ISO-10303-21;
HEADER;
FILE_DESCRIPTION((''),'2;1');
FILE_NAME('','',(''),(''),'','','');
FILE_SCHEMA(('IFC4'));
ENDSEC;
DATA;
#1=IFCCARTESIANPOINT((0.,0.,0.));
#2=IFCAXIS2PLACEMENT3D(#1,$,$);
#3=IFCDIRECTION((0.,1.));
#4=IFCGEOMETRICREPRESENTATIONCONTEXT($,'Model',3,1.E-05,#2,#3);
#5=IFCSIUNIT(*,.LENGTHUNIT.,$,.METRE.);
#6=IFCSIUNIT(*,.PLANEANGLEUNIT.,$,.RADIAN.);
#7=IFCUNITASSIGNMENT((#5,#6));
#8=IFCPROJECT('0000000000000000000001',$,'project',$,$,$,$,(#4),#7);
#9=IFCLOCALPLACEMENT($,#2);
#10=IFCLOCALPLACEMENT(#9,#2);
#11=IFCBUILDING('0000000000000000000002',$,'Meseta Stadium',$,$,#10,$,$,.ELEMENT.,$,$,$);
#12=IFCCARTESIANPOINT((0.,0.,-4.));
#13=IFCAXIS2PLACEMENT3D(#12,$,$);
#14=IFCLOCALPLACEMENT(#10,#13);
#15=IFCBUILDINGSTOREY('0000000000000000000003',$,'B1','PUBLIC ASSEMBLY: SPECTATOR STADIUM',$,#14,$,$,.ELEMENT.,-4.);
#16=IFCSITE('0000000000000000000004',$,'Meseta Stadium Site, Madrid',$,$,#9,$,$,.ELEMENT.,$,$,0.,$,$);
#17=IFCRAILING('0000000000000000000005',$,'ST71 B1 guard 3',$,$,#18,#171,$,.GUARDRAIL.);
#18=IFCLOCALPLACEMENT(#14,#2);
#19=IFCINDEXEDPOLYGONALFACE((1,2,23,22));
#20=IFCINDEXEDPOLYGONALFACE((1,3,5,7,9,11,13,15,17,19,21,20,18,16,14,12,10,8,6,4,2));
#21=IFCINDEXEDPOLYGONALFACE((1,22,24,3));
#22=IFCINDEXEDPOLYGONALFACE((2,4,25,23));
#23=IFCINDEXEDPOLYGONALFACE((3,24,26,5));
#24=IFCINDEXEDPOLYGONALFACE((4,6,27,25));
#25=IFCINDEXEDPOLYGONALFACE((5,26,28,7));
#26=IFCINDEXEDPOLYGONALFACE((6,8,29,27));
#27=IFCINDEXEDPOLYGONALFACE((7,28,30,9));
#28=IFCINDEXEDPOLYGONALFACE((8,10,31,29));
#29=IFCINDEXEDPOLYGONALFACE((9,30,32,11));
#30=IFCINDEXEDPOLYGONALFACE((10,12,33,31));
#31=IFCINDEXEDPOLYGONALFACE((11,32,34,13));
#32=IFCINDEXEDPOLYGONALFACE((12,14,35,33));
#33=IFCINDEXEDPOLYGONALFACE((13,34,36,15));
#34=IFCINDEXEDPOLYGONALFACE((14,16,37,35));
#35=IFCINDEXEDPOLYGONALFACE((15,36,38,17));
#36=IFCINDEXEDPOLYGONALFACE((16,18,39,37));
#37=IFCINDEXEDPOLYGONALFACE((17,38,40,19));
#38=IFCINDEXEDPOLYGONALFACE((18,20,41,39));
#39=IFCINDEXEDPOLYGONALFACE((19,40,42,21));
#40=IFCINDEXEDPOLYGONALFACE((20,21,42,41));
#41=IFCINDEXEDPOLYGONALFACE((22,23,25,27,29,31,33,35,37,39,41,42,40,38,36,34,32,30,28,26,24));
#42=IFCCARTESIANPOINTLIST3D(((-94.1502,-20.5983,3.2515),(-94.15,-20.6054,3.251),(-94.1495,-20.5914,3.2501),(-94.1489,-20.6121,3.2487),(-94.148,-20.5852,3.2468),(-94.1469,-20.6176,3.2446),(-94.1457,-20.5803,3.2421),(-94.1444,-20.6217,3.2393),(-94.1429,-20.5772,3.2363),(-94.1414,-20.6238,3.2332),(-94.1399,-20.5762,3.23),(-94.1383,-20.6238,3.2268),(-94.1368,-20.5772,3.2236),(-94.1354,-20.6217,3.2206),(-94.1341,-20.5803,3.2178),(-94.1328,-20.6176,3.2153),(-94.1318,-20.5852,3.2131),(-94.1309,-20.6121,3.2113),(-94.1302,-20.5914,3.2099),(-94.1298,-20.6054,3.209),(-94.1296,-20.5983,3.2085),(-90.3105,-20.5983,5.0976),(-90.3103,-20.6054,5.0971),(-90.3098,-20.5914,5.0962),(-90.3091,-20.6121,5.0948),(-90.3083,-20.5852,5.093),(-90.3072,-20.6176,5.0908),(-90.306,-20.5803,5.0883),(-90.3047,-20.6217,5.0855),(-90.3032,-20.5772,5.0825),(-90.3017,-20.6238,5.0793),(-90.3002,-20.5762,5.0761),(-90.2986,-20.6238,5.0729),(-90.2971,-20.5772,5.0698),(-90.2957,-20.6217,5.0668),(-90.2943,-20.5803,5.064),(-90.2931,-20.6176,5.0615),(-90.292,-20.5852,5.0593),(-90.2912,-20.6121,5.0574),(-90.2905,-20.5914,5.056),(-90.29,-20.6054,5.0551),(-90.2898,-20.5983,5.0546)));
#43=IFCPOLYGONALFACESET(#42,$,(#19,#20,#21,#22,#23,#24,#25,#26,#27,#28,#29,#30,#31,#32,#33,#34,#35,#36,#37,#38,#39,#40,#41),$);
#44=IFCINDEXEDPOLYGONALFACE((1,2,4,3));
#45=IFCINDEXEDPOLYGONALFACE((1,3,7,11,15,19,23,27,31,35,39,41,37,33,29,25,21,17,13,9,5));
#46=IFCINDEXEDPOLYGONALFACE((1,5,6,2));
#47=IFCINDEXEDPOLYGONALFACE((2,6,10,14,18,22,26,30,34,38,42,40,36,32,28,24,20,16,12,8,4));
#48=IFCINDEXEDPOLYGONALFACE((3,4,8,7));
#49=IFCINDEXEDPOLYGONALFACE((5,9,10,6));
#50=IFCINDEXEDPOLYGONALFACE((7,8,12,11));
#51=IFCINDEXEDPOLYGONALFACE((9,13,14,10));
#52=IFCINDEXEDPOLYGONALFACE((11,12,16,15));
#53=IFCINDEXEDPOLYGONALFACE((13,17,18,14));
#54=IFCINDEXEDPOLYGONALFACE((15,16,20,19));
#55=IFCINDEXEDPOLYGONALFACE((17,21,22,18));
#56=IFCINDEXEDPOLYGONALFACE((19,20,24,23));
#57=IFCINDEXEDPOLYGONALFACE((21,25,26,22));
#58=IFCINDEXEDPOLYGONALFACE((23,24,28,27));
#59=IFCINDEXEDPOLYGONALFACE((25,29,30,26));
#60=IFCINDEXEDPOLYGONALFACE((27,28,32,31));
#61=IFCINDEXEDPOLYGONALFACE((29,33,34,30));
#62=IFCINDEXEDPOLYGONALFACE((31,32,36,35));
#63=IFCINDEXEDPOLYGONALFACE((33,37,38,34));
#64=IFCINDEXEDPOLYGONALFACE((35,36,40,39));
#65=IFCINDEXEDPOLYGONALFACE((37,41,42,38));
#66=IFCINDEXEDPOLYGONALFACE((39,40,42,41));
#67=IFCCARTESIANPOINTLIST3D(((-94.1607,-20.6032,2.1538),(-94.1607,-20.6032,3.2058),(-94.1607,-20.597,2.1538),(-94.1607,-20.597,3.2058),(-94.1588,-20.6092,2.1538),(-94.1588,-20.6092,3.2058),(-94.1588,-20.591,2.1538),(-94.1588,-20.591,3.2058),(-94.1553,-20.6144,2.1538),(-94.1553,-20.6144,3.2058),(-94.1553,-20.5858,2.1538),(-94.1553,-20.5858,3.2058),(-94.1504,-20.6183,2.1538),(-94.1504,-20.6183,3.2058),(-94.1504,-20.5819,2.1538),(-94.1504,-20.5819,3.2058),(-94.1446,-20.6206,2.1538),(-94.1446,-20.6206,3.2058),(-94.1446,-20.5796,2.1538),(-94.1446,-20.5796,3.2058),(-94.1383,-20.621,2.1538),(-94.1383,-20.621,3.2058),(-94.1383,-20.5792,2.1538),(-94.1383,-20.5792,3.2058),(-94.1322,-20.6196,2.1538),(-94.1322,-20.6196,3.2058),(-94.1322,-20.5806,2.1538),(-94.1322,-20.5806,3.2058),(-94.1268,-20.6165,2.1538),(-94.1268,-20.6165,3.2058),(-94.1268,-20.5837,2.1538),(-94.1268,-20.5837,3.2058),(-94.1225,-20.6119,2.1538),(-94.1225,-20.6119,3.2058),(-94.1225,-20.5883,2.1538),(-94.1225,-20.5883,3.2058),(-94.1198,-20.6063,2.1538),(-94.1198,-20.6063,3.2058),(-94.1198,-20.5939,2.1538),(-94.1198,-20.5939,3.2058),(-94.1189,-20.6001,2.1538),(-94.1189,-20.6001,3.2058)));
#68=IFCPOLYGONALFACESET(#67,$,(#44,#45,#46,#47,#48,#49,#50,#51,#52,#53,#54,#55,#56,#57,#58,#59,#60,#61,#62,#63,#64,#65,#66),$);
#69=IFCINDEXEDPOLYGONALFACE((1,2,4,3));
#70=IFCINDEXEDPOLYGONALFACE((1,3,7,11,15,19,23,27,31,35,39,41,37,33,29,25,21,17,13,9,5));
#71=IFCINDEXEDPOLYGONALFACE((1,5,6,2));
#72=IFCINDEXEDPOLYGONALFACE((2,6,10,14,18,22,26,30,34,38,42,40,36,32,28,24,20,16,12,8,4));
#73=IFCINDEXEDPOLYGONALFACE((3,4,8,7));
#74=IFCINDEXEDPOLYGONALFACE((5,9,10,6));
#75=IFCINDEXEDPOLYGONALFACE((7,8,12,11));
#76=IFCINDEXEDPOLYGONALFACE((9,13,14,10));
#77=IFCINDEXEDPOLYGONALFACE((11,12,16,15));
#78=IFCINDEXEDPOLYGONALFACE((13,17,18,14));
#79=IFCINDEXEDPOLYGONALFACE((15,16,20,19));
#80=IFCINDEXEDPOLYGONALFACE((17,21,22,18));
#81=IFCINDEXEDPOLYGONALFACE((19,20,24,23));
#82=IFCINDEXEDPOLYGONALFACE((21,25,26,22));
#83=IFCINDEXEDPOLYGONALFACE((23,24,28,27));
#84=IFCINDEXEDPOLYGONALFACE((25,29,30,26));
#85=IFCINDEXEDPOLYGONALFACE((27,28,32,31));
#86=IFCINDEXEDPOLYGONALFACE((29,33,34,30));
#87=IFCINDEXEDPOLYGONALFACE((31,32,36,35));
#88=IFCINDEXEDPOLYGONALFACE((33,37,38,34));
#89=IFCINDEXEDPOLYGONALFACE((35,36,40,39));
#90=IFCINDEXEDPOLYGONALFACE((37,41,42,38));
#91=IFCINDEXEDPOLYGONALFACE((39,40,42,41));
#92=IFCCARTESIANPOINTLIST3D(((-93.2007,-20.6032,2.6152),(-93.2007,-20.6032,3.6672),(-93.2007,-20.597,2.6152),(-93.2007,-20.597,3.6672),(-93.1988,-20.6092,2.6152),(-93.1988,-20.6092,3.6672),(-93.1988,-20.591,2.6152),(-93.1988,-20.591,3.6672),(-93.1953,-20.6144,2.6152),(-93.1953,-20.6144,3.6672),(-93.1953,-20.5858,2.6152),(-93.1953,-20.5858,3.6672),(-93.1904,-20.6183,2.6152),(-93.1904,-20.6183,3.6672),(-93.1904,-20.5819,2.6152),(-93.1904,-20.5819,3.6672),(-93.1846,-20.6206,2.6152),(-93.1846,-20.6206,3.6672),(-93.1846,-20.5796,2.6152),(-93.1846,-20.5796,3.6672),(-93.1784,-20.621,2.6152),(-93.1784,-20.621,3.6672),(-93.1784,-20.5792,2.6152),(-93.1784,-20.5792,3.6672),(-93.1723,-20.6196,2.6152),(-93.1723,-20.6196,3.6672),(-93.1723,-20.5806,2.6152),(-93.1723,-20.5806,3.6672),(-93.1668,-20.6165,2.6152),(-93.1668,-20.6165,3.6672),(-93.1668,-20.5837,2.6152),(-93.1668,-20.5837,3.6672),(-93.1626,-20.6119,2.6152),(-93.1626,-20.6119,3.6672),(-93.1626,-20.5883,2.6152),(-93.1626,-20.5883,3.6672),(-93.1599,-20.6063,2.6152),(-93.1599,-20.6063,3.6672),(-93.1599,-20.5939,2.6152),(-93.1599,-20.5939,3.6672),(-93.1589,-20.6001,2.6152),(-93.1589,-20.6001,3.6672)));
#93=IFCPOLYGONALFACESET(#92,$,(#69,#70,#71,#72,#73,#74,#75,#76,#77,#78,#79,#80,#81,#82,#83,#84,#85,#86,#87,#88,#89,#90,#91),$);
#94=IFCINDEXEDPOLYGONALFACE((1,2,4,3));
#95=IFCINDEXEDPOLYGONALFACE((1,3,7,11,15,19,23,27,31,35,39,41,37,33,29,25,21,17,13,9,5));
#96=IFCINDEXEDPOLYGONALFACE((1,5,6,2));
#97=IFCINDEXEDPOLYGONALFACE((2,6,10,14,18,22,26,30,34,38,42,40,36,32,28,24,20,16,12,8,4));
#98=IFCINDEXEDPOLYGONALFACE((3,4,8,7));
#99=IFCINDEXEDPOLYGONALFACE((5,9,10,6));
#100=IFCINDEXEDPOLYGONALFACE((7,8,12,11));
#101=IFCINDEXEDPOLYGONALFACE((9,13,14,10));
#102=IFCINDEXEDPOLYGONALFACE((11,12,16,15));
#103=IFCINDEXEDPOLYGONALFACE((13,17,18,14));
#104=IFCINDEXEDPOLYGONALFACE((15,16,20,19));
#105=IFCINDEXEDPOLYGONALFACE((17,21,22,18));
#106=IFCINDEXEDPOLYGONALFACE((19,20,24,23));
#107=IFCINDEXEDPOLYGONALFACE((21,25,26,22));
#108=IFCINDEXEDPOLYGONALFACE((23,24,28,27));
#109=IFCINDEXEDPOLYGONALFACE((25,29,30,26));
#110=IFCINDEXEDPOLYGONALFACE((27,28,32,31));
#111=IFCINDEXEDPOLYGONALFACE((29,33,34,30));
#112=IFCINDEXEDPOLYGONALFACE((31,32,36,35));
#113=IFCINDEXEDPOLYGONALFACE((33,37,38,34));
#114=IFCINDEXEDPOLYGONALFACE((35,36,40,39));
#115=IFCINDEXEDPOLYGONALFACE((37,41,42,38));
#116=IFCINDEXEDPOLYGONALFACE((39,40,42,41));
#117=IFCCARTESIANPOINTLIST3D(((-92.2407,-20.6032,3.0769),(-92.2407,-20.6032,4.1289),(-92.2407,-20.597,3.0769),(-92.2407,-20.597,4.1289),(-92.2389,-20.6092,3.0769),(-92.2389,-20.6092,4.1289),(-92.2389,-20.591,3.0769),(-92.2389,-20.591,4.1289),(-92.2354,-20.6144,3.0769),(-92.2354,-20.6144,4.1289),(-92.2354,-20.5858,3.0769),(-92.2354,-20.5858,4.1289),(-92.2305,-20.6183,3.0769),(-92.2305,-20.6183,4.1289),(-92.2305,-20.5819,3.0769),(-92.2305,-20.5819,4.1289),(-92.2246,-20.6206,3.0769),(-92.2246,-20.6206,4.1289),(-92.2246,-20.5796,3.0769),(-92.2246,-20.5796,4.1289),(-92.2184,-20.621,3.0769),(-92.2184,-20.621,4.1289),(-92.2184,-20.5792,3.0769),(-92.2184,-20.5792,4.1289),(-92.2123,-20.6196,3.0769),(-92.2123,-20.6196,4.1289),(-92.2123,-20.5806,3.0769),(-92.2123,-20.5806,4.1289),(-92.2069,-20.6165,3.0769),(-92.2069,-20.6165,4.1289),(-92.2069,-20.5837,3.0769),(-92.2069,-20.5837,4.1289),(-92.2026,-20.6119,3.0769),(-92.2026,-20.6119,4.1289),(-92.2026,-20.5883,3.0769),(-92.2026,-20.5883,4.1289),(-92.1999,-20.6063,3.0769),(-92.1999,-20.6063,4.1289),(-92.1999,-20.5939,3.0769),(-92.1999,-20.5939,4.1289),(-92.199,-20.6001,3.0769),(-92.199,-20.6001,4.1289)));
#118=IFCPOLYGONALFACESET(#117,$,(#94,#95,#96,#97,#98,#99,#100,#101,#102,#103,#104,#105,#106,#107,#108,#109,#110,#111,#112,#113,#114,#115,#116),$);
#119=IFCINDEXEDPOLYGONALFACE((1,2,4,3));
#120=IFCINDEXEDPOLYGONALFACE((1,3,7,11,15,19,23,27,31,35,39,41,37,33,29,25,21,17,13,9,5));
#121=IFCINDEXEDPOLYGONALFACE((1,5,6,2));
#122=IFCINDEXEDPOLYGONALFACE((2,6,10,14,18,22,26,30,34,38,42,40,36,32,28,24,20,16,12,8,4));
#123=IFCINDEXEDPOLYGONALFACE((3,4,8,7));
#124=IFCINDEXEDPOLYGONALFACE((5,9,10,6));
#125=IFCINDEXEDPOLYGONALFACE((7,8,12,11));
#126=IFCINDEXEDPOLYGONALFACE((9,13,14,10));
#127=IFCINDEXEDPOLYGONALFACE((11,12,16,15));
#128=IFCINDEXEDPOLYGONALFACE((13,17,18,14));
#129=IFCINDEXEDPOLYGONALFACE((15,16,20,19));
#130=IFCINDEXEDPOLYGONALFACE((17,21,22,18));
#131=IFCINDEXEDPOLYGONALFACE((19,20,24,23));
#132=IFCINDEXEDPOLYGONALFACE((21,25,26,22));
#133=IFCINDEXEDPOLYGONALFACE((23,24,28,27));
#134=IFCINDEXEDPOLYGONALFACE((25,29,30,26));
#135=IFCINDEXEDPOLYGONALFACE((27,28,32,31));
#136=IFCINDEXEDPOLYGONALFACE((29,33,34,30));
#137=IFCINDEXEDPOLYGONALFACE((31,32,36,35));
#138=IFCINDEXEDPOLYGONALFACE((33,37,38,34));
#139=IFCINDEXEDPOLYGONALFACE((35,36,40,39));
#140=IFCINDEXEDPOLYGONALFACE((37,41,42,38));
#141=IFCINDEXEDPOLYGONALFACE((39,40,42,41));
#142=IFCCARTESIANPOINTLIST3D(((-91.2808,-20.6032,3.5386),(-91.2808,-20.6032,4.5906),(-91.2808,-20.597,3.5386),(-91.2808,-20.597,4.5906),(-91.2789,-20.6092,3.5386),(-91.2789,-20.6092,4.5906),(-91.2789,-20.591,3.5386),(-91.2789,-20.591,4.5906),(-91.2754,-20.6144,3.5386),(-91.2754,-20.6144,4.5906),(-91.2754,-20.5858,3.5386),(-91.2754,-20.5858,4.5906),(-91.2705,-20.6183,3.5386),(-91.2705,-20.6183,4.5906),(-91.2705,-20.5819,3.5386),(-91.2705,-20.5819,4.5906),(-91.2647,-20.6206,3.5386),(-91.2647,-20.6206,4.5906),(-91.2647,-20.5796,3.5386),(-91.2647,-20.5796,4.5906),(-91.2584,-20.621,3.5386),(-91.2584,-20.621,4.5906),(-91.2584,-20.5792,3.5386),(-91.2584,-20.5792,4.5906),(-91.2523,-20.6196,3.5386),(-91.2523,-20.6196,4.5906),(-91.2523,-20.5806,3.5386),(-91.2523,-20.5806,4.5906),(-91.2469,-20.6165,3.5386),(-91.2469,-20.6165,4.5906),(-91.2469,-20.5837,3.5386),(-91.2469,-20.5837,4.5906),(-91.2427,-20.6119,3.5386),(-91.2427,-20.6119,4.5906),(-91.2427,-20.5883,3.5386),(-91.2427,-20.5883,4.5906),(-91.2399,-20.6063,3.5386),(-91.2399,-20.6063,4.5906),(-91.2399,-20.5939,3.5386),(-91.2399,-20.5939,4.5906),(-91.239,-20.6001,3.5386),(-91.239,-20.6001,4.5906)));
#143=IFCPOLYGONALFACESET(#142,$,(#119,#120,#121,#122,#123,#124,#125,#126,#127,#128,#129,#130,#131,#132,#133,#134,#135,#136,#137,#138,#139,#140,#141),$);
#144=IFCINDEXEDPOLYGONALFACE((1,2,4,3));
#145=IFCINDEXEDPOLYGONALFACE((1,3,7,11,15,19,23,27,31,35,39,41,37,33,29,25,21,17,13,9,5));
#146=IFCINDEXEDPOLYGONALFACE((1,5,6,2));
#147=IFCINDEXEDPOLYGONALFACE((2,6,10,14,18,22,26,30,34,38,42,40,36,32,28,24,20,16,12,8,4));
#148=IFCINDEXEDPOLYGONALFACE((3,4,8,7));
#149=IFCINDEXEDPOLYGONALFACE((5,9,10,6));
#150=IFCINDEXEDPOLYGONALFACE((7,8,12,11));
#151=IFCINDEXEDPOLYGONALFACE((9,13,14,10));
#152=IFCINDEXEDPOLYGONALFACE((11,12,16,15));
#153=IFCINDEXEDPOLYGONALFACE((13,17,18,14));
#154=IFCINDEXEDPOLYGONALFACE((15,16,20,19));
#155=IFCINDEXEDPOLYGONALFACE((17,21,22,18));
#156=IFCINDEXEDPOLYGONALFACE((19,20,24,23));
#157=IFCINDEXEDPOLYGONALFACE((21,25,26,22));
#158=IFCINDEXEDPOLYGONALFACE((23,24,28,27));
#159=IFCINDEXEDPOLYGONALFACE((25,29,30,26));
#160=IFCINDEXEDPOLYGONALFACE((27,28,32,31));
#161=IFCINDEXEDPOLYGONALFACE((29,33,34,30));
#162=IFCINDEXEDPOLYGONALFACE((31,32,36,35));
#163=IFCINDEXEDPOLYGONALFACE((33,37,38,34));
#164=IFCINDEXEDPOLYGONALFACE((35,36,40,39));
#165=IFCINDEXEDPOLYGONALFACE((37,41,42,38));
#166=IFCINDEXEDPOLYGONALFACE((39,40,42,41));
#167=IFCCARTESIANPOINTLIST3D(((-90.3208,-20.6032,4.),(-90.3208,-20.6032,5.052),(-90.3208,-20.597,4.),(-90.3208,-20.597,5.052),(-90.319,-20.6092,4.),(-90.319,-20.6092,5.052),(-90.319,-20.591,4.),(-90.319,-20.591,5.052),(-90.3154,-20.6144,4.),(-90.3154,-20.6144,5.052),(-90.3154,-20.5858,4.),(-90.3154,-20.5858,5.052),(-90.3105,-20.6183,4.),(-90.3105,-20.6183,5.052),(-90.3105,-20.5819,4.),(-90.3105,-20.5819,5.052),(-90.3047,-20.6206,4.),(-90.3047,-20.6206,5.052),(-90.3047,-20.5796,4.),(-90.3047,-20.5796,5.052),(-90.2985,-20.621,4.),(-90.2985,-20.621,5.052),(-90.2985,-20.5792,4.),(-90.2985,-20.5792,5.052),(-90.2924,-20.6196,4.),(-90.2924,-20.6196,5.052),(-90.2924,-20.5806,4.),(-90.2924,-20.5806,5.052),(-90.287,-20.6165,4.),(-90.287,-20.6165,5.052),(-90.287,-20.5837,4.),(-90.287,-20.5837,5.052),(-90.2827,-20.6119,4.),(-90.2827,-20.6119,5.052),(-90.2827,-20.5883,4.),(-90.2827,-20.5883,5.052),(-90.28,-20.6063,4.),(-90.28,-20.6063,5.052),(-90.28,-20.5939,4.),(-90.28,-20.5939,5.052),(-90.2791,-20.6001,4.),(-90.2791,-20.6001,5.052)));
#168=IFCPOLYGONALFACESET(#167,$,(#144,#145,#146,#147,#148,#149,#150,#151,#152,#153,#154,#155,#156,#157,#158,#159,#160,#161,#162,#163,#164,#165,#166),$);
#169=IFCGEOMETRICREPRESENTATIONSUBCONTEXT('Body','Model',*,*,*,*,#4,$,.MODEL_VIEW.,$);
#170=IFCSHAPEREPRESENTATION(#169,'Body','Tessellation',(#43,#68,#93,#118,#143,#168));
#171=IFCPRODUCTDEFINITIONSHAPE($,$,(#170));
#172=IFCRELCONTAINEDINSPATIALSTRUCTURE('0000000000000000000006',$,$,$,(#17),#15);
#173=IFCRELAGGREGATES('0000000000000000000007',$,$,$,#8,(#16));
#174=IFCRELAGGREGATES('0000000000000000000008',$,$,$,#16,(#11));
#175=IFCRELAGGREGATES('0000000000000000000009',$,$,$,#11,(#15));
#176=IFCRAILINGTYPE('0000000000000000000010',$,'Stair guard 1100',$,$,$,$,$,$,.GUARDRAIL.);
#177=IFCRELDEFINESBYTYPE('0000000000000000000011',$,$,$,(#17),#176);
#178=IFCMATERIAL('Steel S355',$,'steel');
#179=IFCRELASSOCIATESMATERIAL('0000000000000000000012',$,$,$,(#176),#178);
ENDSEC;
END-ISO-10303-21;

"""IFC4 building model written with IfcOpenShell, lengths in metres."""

from ifc_helpers import new_model, si_unit, direction, frame, origin, origin_2d, place, context, subcontext, project, spatial, circle, extrude, material, type_object, element, save


model = new_model("IFC4")

# Units and contexts
model_context = context("Model", 3, precision=1e-05, world=origin(), true_north=direction((0.0, 1.0)))
body_context = subcontext(model_context, "Body", "Model", "MODEL_VIEW")
ifc_project = project(units=[si_unit("LENGTHUNIT", "METRE"), si_unit("PLANEANGLEUNIT", "RADIAN")], contexts=[model_context])

# Site, building, storey
site_placement = place(None, origin())
site = spatial("IfcSite", under=ifc_project, at=site_placement, Name="Meseta Stadium Site, Madrid", CompositionType="ELEMENT", RefElevation=0.0)
building_placement = place(site_placement, origin())
building = spatial("IfcBuilding", under=site, at=building_placement, Name="Meseta Stadium", CompositionType="ELEMENT")
storey_placement = place(building_placement, frame((0.0, 0.0, -4.0)))
storey = spatial("IfcBuildingStorey", under=building, at=storey_placement, Name="B1", Description="PUBLIC ASSEMBLY: SPECTATOR STADIUM", CompositionType="ELEMENT", Elevation=-4.0)

# Railing
ifc_material_1 = material(Name="Steel S355", Category="steel")
railing_type_1 = type_object("IfcRailingType", Name="Stair guard 1100", PredefinedType="GUARDRAIL", material=ifc_material_1)
railing_1_placement = place(storey_placement, frame((-94.1399, -20.6001, 2.1538)))
element("IfcRailing", 1, at=railing_1_placement, inside=storey, type_object=railing_type_1, Name="ST71 B1 guard 3", PredefinedType="GUARDRAIL", context=body_context, shape_type="SweptSolid", body=[
    extrude(circle(Radius=0.0239, at=origin_2d()), frame((0.0, 0.0, 1.0762), z_axis=(0.901242, 0.0, 0.433316), x_axis=(0.0, 1.0, 0.0)), (0.0, 0.0, 1.0), 4.2605),
    extrude(circle(Radius=0.021, at=origin_2d()), origin(), (0.0, 0.0, 1.0), 1.052),
    extrude(circle(Radius=0.021, at=origin_2d()), frame((0.96, 0.0, 0.4614)), (0.0, 0.0, 1.0), 1.052),
    extrude(circle(Radius=0.021, at=origin_2d()), frame((1.9199, 0.0, 0.9231)), (0.0, 0.0, 1.0), 1.052),
    extrude(circle(Radius=0.021, at=origin_2d()), frame((2.8799, 0.0, 1.3848)), (0.0, 0.0, 1.0), 1.052),
    extrude(circle(Radius=0.021, at=origin_2d()), frame((3.8398, 0.0, 1.8462)), (0.0, 0.0, 1.0), 1.052),
])

save(model, "model.ifc")
